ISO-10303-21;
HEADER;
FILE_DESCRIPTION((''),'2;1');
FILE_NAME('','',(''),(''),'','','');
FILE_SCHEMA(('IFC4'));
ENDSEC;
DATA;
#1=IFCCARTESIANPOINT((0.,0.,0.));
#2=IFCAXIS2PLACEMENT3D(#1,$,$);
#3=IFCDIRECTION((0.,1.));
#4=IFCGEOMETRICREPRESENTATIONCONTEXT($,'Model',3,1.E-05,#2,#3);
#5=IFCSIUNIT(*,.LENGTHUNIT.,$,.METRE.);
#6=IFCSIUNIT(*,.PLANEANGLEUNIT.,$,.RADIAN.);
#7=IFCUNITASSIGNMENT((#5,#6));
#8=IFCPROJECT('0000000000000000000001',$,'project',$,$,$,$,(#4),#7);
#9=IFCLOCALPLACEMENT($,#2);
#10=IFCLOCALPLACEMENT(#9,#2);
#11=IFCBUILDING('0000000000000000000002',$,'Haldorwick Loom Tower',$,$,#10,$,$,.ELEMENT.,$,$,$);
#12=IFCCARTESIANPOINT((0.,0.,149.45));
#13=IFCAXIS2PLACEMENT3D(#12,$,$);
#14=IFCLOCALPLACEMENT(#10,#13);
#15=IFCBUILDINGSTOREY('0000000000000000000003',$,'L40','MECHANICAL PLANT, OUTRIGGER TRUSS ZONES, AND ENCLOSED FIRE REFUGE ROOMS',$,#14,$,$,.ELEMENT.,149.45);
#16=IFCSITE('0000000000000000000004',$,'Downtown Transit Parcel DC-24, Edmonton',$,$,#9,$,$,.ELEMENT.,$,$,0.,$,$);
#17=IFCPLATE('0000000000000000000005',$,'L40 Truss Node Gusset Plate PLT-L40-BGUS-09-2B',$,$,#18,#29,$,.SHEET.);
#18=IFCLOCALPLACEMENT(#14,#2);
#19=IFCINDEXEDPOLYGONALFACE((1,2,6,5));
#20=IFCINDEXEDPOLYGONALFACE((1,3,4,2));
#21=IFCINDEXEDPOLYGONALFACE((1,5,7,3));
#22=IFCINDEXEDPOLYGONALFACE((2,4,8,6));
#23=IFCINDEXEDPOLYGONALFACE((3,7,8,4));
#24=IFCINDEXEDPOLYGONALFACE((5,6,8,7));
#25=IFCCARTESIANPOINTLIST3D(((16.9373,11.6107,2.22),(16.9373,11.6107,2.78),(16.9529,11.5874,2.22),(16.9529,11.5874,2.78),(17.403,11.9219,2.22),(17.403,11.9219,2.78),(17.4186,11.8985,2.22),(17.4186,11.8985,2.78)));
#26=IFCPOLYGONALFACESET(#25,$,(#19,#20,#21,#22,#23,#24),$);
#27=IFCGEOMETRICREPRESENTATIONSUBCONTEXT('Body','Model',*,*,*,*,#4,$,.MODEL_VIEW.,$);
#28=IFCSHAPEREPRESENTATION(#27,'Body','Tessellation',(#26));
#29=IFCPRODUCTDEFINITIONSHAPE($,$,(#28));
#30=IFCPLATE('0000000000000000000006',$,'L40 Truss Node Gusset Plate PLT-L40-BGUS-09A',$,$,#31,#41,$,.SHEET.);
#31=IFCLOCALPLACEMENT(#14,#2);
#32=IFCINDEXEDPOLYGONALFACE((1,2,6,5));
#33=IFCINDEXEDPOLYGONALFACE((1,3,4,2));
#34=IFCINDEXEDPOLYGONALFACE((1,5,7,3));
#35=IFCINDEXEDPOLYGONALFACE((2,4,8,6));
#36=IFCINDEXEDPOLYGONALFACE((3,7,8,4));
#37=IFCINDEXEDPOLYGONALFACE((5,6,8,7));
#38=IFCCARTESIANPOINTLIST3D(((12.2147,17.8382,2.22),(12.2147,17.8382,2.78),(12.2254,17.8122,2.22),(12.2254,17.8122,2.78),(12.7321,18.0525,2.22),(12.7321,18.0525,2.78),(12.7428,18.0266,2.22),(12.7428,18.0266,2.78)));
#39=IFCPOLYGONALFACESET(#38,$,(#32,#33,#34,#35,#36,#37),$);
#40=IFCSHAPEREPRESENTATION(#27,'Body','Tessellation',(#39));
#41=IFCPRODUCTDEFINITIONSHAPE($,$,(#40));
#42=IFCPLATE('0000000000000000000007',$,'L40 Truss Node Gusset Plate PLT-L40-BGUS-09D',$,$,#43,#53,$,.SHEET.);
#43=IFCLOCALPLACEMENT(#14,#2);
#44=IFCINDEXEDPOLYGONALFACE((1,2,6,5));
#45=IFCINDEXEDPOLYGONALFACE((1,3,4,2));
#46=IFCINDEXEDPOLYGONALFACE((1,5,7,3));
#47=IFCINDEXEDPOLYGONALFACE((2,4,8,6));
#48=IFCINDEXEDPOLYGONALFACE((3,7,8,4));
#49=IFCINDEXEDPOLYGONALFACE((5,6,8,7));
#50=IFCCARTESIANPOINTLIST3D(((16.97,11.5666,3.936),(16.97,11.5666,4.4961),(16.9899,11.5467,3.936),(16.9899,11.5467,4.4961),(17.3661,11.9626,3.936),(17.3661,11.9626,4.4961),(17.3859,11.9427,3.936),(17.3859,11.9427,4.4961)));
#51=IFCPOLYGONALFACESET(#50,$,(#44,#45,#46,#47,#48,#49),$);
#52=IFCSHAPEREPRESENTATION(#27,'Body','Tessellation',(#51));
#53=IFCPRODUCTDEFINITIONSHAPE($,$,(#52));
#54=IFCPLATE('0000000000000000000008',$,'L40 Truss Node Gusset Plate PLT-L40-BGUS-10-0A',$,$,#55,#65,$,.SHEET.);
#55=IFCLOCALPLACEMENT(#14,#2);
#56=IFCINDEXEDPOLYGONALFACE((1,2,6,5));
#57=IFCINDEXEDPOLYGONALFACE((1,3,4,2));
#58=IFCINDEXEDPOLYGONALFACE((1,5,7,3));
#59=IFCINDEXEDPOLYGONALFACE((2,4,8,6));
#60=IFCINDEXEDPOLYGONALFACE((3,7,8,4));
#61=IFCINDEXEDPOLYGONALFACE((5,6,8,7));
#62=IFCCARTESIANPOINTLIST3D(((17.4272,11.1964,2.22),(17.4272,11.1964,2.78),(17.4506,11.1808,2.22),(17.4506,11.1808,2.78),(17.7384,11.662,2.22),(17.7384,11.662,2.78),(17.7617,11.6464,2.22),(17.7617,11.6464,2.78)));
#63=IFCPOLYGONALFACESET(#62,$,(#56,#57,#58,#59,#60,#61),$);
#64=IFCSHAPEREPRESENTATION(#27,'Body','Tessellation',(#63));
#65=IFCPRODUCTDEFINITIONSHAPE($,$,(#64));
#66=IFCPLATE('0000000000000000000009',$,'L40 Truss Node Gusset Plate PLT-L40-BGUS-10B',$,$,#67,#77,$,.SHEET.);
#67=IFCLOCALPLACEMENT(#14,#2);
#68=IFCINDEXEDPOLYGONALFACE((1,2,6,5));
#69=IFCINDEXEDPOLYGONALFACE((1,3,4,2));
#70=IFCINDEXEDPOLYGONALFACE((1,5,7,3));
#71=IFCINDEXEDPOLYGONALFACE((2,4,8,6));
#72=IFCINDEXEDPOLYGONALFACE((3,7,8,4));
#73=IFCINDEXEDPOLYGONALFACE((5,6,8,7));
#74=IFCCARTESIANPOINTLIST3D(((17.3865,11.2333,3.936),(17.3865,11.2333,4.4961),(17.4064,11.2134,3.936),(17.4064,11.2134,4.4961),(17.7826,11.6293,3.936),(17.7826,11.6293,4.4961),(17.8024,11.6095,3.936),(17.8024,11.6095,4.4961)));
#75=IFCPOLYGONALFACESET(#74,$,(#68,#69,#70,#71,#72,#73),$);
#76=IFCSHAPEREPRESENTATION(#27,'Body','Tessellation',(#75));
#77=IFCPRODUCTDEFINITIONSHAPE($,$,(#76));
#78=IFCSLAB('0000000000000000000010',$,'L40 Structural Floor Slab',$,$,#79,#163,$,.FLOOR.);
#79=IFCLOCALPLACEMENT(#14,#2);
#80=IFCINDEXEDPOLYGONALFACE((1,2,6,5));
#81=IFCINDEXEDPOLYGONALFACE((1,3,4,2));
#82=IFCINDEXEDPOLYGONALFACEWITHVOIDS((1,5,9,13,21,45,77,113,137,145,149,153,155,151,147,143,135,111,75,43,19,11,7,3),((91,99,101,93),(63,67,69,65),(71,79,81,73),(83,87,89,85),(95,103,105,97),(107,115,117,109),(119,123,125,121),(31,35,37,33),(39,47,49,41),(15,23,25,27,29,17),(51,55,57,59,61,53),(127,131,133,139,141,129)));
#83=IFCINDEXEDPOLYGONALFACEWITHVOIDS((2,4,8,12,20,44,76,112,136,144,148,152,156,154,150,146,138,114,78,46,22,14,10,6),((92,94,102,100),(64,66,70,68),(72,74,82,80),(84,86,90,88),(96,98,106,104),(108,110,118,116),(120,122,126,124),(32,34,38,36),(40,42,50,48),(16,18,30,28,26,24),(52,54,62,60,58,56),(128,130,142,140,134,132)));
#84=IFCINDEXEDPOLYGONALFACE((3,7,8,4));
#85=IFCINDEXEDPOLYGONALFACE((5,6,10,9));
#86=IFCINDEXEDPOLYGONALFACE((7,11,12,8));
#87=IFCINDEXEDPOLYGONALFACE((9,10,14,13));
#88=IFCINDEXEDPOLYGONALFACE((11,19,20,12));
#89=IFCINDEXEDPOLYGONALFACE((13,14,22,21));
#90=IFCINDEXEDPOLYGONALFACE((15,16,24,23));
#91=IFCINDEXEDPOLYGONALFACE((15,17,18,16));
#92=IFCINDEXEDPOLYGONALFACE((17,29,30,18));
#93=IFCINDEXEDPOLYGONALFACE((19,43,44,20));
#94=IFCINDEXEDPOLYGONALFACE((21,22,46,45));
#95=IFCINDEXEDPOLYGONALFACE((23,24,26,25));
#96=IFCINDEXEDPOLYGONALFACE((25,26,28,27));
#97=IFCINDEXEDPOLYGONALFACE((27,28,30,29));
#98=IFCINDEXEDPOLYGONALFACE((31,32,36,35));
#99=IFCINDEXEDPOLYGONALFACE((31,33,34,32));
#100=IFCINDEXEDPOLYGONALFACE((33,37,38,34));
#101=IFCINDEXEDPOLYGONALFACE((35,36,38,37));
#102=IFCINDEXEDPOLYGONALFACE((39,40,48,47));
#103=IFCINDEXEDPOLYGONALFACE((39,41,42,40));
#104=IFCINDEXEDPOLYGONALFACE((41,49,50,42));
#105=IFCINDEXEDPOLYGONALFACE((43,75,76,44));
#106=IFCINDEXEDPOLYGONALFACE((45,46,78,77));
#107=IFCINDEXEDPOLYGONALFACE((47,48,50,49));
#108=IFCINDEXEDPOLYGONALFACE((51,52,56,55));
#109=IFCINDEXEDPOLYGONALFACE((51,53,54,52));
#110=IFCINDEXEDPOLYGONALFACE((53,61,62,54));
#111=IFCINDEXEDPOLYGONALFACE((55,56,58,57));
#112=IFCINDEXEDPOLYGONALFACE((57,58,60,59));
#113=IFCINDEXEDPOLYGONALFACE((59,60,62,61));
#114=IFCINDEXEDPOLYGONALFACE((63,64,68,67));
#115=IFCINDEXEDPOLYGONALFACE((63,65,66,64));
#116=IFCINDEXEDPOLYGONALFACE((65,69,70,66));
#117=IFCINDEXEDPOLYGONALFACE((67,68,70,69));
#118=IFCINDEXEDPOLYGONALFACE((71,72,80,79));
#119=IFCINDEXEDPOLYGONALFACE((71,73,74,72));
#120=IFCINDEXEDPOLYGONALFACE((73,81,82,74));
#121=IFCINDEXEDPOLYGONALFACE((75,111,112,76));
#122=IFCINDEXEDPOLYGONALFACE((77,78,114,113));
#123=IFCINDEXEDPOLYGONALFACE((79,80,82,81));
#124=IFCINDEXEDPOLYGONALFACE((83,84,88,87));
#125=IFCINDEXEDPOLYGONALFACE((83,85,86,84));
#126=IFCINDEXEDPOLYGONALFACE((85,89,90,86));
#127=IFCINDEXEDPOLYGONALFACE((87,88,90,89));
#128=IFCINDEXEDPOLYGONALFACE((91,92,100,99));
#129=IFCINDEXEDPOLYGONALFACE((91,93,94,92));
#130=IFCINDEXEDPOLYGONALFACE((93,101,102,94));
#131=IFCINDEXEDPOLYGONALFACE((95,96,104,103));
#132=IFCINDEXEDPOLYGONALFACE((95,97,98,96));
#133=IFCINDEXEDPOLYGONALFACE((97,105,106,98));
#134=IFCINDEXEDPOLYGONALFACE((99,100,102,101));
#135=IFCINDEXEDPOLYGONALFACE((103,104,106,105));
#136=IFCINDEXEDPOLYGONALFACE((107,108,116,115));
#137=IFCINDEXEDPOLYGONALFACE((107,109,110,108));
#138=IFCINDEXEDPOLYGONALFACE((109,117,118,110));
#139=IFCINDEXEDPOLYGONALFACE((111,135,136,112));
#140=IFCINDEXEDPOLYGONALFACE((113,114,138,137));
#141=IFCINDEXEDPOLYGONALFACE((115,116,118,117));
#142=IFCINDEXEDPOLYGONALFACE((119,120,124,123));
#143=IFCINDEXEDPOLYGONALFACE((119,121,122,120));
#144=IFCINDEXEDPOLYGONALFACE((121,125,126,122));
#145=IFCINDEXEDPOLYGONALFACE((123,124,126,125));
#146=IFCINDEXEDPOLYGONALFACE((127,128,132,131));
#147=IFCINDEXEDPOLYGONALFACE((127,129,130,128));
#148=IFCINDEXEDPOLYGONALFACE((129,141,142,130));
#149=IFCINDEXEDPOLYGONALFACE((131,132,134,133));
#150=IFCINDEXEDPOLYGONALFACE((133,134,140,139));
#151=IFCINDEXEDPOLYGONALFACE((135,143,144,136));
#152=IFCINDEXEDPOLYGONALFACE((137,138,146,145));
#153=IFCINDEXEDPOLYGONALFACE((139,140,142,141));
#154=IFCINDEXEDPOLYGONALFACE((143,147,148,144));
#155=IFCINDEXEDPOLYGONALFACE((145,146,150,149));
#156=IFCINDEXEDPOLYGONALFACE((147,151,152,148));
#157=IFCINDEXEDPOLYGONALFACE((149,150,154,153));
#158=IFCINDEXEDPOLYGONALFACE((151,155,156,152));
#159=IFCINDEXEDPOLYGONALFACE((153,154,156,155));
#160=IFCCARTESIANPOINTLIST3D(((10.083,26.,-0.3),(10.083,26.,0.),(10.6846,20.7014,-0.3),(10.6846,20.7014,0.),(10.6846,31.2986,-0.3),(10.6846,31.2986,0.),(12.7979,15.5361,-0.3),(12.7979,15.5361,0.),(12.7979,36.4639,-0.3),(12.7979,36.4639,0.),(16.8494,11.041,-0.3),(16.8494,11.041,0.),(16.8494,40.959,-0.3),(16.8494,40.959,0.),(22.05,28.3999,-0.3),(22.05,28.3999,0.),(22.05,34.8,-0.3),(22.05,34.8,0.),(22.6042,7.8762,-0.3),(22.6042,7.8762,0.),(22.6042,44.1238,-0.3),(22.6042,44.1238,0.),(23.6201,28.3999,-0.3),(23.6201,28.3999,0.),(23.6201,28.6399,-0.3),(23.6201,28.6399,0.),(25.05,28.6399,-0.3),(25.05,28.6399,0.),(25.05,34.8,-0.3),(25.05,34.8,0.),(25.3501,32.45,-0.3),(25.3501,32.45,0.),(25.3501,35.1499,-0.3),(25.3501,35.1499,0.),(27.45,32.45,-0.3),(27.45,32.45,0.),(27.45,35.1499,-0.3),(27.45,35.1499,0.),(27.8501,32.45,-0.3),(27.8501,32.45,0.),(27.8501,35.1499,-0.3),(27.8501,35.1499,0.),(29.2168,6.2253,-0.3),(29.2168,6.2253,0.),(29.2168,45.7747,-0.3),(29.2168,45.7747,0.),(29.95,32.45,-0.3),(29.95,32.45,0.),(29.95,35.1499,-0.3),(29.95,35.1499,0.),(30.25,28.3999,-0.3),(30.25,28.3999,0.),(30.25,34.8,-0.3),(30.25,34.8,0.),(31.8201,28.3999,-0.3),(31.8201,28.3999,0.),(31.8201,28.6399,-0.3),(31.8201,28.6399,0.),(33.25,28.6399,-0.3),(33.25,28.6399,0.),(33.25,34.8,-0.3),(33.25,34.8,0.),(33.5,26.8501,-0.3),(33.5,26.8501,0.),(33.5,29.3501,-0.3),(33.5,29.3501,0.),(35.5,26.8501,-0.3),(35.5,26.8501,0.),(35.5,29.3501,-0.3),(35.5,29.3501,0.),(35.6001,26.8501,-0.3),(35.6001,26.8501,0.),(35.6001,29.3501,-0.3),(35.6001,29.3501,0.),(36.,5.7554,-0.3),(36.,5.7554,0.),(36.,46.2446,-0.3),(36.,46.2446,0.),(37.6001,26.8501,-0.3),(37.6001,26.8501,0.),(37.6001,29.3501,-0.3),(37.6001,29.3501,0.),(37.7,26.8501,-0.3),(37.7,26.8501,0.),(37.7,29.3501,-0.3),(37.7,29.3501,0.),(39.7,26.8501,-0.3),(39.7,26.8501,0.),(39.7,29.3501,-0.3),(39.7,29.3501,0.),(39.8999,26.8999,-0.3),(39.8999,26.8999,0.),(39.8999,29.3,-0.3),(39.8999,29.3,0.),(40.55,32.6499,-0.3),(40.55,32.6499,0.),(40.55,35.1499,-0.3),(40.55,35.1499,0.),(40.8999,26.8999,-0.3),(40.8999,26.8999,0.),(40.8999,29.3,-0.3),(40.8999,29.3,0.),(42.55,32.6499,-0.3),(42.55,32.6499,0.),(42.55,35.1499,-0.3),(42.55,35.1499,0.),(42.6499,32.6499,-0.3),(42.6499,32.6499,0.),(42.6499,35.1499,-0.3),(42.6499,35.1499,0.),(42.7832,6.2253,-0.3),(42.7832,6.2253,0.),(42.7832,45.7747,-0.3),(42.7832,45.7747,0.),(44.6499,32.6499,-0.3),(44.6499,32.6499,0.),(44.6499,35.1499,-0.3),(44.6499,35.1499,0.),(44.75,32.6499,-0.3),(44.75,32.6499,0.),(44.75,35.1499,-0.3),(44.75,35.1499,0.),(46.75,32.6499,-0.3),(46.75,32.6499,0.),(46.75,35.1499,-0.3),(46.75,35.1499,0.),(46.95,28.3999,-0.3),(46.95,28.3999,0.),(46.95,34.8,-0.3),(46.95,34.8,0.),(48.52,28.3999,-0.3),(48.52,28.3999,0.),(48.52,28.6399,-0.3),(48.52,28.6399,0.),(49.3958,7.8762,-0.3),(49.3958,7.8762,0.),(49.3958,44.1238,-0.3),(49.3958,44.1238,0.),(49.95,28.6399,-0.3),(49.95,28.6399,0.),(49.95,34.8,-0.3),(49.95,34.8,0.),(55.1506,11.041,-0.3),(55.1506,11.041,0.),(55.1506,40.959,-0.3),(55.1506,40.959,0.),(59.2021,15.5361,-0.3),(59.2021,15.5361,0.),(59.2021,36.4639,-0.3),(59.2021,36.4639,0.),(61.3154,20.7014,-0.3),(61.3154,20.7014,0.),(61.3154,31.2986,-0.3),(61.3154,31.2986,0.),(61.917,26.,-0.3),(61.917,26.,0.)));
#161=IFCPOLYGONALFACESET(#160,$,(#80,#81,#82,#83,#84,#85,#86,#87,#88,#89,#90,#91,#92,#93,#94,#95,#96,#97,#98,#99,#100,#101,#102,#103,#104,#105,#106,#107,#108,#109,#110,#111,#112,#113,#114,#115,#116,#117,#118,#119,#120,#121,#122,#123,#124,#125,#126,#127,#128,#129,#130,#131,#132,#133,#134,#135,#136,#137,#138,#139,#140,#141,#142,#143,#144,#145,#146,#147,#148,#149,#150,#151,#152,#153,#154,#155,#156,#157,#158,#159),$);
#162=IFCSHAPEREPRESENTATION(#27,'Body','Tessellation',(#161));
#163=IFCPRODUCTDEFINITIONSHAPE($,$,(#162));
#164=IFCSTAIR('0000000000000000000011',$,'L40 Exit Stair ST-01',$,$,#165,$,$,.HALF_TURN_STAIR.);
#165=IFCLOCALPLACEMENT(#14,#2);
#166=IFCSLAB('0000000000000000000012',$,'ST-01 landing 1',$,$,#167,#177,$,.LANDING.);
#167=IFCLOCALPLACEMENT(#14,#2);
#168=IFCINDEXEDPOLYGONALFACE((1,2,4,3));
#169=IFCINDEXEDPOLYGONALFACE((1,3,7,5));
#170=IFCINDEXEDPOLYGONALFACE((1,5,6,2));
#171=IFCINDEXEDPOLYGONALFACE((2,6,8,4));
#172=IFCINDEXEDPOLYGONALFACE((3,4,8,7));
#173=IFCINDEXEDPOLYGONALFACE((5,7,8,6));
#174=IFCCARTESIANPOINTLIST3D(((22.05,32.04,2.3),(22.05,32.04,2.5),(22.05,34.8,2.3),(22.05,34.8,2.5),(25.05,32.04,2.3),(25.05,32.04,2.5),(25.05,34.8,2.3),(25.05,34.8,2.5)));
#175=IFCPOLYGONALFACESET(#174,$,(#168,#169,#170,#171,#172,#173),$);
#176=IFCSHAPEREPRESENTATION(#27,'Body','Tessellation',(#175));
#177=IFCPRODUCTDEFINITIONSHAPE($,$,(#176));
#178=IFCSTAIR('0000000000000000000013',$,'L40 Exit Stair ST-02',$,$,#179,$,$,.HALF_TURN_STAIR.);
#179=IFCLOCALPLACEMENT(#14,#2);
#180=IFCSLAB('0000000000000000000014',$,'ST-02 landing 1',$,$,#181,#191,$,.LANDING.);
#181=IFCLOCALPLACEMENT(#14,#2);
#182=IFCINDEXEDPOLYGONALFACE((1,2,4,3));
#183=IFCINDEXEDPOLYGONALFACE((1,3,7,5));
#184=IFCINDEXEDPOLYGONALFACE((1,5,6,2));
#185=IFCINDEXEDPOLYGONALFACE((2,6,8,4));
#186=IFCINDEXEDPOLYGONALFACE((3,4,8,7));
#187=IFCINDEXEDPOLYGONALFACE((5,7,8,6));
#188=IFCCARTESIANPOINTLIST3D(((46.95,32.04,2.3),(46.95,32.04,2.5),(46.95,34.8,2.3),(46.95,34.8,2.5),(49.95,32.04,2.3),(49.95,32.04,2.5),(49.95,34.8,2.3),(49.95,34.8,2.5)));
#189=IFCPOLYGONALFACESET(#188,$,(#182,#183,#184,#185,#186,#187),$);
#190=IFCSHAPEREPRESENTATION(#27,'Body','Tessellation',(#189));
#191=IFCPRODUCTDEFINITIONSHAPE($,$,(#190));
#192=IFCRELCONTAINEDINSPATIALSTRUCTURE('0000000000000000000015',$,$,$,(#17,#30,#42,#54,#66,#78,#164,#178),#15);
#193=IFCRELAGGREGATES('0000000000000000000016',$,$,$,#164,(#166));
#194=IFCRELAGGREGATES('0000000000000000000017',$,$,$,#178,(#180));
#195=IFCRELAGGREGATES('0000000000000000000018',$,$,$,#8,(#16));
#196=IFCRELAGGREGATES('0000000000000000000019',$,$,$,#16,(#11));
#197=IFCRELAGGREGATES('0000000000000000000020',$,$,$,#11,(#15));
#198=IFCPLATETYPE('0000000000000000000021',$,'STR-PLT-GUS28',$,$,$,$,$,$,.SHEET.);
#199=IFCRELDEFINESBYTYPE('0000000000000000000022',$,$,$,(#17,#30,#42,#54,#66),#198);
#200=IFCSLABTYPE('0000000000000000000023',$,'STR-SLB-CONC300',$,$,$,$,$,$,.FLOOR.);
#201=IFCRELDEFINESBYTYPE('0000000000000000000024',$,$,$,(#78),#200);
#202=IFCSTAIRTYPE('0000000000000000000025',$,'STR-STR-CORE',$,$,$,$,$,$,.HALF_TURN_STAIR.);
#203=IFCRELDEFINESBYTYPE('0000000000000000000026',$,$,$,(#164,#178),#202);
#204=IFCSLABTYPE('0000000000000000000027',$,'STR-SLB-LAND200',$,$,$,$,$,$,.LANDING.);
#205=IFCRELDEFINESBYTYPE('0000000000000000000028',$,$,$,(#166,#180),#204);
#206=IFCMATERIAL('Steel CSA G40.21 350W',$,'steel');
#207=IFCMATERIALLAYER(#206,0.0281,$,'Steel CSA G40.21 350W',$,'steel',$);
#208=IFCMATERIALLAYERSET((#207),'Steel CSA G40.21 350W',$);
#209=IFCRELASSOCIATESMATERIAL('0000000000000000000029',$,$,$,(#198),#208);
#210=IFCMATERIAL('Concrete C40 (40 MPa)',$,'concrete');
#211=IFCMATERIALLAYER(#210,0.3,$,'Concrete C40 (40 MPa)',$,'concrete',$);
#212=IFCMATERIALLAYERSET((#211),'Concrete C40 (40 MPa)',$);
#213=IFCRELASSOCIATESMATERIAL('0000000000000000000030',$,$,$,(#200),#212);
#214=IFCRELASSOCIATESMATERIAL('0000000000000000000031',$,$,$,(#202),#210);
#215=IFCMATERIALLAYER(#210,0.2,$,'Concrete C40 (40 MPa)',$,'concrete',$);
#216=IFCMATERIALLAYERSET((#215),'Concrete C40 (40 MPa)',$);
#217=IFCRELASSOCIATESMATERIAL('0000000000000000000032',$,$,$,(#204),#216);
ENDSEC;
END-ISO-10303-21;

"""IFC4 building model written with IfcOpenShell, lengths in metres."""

from ifc_helpers import new_model, si_unit, direction, frame, origin, origin_2d, place, context, subcontext, project, spatial, polyline, rectangle, outline, extrude, material, layer, layer_set, type_object, element, aggregate, save


model = new_model("IFC4")

# Units and contexts
model_context = context("Model", 3, precision=1e-05, world=origin(), true_north=direction((0.0, 1.0)))
body_context = subcontext(model_context, "Body", "Model", "MODEL_VIEW")
ifc_project = project(units=[si_unit("LENGTHUNIT", "METRE"), si_unit("PLANEANGLEUNIT", "RADIAN")], contexts=[model_context])

# Site, building, storey
site_placement = place(None, origin())
site = spatial("IfcSite", under=ifc_project, at=site_placement, Name="Downtown Transit Parcel DC-24, Edmonton", CompositionType="ELEMENT", RefElevation=0.0)
building_placement = place(site_placement, origin())
building = spatial("IfcBuilding", under=site, at=building_placement, Name="Haldorwick Loom Tower", CompositionType="ELEMENT")
storey_placement = place(building_placement, frame((0.0, 0.0, 149.45)))
storey = spatial("IfcBuildingStorey", under=building, at=storey_placement, Name="L40", Description="MECHANICAL PLANT, OUTRIGGER TRUSS ZONES, AND ENCLOSED FIRE REFUGE ROOMS", CompositionType="ELEMENT", Elevation=149.45)

# Shared definitions
ifc_material_1 = material(Name="Steel CSA G40.21 350W", Category="steel")

# Plates
ifc_layer_1 = layer(ifc_material_1, 0.0281, Name="Steel CSA G40.21 350W", Category="steel")
ifc_layer_set_1 = layer_set([ifc_layer_1], Name="Steel CSA G40.21 350W")
plate_type = type_object("IfcPlateType", Name="STR-PLT-GUS28", PredefinedType="SHEET", material=ifc_layer_set_1)
for number, where, z_axis, x_axis, name in (
    (1, (17.178, 11.7546, 2.22), (0.0, 0.0, 1.0), (-0.83147, -0.55557, 0.0), "L40 Truss Node Gusset Plate PLT-L40-BGUS-09-2B"),
    (2, (12.4788, 17.9324, 2.22), (0.0, 0.0, 1.0), (-0.92388, -0.382683, 0.0), "L40 Truss Node Gusset Plate PLT-L40-BGUS-09A"),
    (3, (17.178, 11.7546, 3.936), (0.0, 0.0, 1.0), (-0.707107, -0.707107, 0.0), "L40 Truss Node Gusset Plate PLT-L40-BGUS-09D"),
    (4, (17.5945, 11.4214, 2.22), (0.0, 0.0, 1.0), (-0.55557, -0.83147, 0.0), "L40 Truss Node Gusset Plate PLT-L40-BGUS-10-0A"),
    (5, (17.5945, 11.4214, 3.936), (0.0, 0.0, 1.0), (-0.707107, -0.707107, 0.0), "L40 Truss Node Gusset Plate PLT-L40-BGUS-10B"),
):
    element("IfcPlate", number, at=place(storey_placement, frame(where, z_axis=z_axis, x_axis=x_axis)), inside=storey, type_object=plate_type, Name=name, PredefinedType="SHEET", context=body_context, shape_type="SweptSolid", body=[
        extrude(rectangle(XDim=0.5601, YDim=0.0281, at=origin_2d()), origin(), (0.0, 0.0, 1.0), 0.5601),
    ])

# Slab
ifc_material_2 = material(Name="Concrete C40 (40 MPa)", Category="concrete")
ifc_layer_2 = layer(ifc_material_2, 0.3, Name="Concrete C40 (40 MPa)", Category="concrete")
ifc_layer_set_2 = layer_set([ifc_layer_2], Name="Concrete C40 (40 MPa)")
slab_type_1 = type_object("IfcSlabType", Name="STR-SLB-CONC300", PredefinedType="FLOOR", material=ifc_layer_set_2)
slab_1_placement = place(storey_placement, frame((0.0, 0.0, -0.3)))
element("IfcSlab", 6, at=slab_1_placement, inside=storey, type_object=slab_type_1, Name="L40 Structural Floor Slab", PredefinedType="FLOOR", context=body_context, shape_type="SweptSolid", body=[
    extrude(outline(polyline([(55.1506, 11.041), (59.2021, 15.5361), (61.3154, 20.7014), (61.917, 26.0), (61.3154, 31.2986), (59.2021, 36.4639), (55.1506, 40.959), (49.3958, 44.1238), (42.7832, 45.7747), (36.0, 46.2446), (29.2168, 45.7747), (22.6042, 44.1238), (16.8494, 40.959), (12.7979, 36.4639), (10.6846, 31.2986), (10.083, 26.0), (10.6846, 20.7014), (12.7979, 15.5361), (16.8494, 11.041), (22.6042, 7.8762), (29.2168, 6.2253), (36.0, 5.7554), (42.7832, 6.2253), (49.3958, 7.8762), (55.1506, 11.041)]), holes=[polyline([(35.5, 26.8501), (33.5, 26.8501), (33.5, 29.3501), (35.5, 29.3501), (35.5, 26.8501)]), polyline([(35.6001, 26.8501), (35.6001, 29.3501), (37.6001, 29.3501), (37.6001, 26.8501), (35.6001, 26.8501)]), polyline([(22.05, 28.3999), (22.05, 34.8), (25.05, 34.8), (25.05, 28.6399), (23.6201, 28.6399), (23.6201, 28.3999), (22.05, 28.3999)]), polyline([(31.8201, 28.3999), (30.25, 28.3999), (30.25, 34.8), (33.25, 34.8), (33.25, 28.6399), (31.8201, 28.6399), (31.8201, 28.3999)]), polyline([(25.3501, 32.45), (25.3501, 35.1499), (27.45, 35.1499), (27.45, 32.45), (25.3501, 32.45)]), polyline([(27.8501, 32.45), (27.8501, 35.1499), (29.95, 35.1499), (29.95, 32.45), (27.8501, 32.45)]), polyline([(39.7, 26.8501), (37.7, 26.8501), (37.7, 29.3501), (39.7, 29.3501), (39.7, 26.8501)]), polyline([(39.8999, 26.8999), (39.8999, 29.3), (40.8999, 29.3), (40.8999, 26.8999), (39.8999, 26.8999)]), polyline([(46.95, 28.3999), (46.95, 34.8), (49.95, 34.8), (49.95, 28.6399), (48.52, 28.6399), (48.52, 28.3999), (46.95, 28.3999)]), polyline([(42.55, 32.6499), (40.55, 32.6499), (40.55, 35.1499), (42.55, 35.1499), (42.55, 32.6499)]), polyline([(42.6499, 32.6499), (42.6499, 35.1499), (44.6499, 35.1499), (44.6499, 32.6499), (42.6499, 32.6499)]), polyline([(44.75, 32.6499), (44.75, 35.1499), (46.75, 35.1499), (46.75, 32.6499), (44.75, 32.6499)])]), origin(), (0.0, 0.0, 1.0), 0.3),
])

# Stairs, slabs
stair_type = type_object("IfcStairType", Name="STR-STR-CORE", PredefinedType="HALF_TURN_STAIR", material=ifc_material_2)
stair_1_placement = place(storey_placement, origin())
stair_1 = element("IfcStair", 7, at=stair_1_placement, inside=storey, type_object=stair_type, Name="L40 Exit Stair ST-01", PredefinedType="HALF_TURN_STAIR")
ifc_layer_3 = layer(ifc_material_2, 0.2, Name="Concrete C40 (40 MPa)", Category="concrete")
ifc_layer_set_3 = layer_set([ifc_layer_3], Name="Concrete C40 (40 MPa)")
slab_type_2 = type_object("IfcSlabType", Name="STR-SLB-LAND200", PredefinedType="LANDING", material=ifc_layer_set_3)
slab_2_placement = place(storey_placement, frame((0.0, 0.0, 2.3)))
slab_2 = element("IfcSlab", 8, at=slab_2_placement, type_object=slab_type_2, Name="ST-01 landing 1", PredefinedType="LANDING", context=body_context, shape_type="SweptSolid", body=[
    extrude(outline(polyline([(25.05, 32.04), (25.05, 34.8), (22.05, 34.8), (22.05, 32.04), (25.05, 32.04)])), origin(), (0.0, 0.0, 1.0), 0.2),
])
aggregate(stair_1, [slab_2])
stair_2_placement = place(storey_placement, origin())
stair_2 = element("IfcStair", 9, at=stair_2_placement, inside=storey, type_object=stair_type, Name="L40 Exit Stair ST-02", PredefinedType="HALF_TURN_STAIR")
slab_3_placement = place(storey_placement, frame((0.0, 0.0, 2.3)))
slab_3 = element("IfcSlab", 10, at=slab_3_placement, type_object=slab_type_2, Name="ST-02 landing 1", PredefinedType="LANDING", context=body_context, shape_type="SweptSolid", body=[
    extrude(outline(polyline([(49.95, 32.04), (49.95, 34.8), (46.95, 34.8), (46.95, 32.04), (49.95, 32.04)])), origin(), (0.0, 0.0, 1.0), 0.2),
])
aggregate(stair_2, [slab_3])

save(model, "model.ifc")
